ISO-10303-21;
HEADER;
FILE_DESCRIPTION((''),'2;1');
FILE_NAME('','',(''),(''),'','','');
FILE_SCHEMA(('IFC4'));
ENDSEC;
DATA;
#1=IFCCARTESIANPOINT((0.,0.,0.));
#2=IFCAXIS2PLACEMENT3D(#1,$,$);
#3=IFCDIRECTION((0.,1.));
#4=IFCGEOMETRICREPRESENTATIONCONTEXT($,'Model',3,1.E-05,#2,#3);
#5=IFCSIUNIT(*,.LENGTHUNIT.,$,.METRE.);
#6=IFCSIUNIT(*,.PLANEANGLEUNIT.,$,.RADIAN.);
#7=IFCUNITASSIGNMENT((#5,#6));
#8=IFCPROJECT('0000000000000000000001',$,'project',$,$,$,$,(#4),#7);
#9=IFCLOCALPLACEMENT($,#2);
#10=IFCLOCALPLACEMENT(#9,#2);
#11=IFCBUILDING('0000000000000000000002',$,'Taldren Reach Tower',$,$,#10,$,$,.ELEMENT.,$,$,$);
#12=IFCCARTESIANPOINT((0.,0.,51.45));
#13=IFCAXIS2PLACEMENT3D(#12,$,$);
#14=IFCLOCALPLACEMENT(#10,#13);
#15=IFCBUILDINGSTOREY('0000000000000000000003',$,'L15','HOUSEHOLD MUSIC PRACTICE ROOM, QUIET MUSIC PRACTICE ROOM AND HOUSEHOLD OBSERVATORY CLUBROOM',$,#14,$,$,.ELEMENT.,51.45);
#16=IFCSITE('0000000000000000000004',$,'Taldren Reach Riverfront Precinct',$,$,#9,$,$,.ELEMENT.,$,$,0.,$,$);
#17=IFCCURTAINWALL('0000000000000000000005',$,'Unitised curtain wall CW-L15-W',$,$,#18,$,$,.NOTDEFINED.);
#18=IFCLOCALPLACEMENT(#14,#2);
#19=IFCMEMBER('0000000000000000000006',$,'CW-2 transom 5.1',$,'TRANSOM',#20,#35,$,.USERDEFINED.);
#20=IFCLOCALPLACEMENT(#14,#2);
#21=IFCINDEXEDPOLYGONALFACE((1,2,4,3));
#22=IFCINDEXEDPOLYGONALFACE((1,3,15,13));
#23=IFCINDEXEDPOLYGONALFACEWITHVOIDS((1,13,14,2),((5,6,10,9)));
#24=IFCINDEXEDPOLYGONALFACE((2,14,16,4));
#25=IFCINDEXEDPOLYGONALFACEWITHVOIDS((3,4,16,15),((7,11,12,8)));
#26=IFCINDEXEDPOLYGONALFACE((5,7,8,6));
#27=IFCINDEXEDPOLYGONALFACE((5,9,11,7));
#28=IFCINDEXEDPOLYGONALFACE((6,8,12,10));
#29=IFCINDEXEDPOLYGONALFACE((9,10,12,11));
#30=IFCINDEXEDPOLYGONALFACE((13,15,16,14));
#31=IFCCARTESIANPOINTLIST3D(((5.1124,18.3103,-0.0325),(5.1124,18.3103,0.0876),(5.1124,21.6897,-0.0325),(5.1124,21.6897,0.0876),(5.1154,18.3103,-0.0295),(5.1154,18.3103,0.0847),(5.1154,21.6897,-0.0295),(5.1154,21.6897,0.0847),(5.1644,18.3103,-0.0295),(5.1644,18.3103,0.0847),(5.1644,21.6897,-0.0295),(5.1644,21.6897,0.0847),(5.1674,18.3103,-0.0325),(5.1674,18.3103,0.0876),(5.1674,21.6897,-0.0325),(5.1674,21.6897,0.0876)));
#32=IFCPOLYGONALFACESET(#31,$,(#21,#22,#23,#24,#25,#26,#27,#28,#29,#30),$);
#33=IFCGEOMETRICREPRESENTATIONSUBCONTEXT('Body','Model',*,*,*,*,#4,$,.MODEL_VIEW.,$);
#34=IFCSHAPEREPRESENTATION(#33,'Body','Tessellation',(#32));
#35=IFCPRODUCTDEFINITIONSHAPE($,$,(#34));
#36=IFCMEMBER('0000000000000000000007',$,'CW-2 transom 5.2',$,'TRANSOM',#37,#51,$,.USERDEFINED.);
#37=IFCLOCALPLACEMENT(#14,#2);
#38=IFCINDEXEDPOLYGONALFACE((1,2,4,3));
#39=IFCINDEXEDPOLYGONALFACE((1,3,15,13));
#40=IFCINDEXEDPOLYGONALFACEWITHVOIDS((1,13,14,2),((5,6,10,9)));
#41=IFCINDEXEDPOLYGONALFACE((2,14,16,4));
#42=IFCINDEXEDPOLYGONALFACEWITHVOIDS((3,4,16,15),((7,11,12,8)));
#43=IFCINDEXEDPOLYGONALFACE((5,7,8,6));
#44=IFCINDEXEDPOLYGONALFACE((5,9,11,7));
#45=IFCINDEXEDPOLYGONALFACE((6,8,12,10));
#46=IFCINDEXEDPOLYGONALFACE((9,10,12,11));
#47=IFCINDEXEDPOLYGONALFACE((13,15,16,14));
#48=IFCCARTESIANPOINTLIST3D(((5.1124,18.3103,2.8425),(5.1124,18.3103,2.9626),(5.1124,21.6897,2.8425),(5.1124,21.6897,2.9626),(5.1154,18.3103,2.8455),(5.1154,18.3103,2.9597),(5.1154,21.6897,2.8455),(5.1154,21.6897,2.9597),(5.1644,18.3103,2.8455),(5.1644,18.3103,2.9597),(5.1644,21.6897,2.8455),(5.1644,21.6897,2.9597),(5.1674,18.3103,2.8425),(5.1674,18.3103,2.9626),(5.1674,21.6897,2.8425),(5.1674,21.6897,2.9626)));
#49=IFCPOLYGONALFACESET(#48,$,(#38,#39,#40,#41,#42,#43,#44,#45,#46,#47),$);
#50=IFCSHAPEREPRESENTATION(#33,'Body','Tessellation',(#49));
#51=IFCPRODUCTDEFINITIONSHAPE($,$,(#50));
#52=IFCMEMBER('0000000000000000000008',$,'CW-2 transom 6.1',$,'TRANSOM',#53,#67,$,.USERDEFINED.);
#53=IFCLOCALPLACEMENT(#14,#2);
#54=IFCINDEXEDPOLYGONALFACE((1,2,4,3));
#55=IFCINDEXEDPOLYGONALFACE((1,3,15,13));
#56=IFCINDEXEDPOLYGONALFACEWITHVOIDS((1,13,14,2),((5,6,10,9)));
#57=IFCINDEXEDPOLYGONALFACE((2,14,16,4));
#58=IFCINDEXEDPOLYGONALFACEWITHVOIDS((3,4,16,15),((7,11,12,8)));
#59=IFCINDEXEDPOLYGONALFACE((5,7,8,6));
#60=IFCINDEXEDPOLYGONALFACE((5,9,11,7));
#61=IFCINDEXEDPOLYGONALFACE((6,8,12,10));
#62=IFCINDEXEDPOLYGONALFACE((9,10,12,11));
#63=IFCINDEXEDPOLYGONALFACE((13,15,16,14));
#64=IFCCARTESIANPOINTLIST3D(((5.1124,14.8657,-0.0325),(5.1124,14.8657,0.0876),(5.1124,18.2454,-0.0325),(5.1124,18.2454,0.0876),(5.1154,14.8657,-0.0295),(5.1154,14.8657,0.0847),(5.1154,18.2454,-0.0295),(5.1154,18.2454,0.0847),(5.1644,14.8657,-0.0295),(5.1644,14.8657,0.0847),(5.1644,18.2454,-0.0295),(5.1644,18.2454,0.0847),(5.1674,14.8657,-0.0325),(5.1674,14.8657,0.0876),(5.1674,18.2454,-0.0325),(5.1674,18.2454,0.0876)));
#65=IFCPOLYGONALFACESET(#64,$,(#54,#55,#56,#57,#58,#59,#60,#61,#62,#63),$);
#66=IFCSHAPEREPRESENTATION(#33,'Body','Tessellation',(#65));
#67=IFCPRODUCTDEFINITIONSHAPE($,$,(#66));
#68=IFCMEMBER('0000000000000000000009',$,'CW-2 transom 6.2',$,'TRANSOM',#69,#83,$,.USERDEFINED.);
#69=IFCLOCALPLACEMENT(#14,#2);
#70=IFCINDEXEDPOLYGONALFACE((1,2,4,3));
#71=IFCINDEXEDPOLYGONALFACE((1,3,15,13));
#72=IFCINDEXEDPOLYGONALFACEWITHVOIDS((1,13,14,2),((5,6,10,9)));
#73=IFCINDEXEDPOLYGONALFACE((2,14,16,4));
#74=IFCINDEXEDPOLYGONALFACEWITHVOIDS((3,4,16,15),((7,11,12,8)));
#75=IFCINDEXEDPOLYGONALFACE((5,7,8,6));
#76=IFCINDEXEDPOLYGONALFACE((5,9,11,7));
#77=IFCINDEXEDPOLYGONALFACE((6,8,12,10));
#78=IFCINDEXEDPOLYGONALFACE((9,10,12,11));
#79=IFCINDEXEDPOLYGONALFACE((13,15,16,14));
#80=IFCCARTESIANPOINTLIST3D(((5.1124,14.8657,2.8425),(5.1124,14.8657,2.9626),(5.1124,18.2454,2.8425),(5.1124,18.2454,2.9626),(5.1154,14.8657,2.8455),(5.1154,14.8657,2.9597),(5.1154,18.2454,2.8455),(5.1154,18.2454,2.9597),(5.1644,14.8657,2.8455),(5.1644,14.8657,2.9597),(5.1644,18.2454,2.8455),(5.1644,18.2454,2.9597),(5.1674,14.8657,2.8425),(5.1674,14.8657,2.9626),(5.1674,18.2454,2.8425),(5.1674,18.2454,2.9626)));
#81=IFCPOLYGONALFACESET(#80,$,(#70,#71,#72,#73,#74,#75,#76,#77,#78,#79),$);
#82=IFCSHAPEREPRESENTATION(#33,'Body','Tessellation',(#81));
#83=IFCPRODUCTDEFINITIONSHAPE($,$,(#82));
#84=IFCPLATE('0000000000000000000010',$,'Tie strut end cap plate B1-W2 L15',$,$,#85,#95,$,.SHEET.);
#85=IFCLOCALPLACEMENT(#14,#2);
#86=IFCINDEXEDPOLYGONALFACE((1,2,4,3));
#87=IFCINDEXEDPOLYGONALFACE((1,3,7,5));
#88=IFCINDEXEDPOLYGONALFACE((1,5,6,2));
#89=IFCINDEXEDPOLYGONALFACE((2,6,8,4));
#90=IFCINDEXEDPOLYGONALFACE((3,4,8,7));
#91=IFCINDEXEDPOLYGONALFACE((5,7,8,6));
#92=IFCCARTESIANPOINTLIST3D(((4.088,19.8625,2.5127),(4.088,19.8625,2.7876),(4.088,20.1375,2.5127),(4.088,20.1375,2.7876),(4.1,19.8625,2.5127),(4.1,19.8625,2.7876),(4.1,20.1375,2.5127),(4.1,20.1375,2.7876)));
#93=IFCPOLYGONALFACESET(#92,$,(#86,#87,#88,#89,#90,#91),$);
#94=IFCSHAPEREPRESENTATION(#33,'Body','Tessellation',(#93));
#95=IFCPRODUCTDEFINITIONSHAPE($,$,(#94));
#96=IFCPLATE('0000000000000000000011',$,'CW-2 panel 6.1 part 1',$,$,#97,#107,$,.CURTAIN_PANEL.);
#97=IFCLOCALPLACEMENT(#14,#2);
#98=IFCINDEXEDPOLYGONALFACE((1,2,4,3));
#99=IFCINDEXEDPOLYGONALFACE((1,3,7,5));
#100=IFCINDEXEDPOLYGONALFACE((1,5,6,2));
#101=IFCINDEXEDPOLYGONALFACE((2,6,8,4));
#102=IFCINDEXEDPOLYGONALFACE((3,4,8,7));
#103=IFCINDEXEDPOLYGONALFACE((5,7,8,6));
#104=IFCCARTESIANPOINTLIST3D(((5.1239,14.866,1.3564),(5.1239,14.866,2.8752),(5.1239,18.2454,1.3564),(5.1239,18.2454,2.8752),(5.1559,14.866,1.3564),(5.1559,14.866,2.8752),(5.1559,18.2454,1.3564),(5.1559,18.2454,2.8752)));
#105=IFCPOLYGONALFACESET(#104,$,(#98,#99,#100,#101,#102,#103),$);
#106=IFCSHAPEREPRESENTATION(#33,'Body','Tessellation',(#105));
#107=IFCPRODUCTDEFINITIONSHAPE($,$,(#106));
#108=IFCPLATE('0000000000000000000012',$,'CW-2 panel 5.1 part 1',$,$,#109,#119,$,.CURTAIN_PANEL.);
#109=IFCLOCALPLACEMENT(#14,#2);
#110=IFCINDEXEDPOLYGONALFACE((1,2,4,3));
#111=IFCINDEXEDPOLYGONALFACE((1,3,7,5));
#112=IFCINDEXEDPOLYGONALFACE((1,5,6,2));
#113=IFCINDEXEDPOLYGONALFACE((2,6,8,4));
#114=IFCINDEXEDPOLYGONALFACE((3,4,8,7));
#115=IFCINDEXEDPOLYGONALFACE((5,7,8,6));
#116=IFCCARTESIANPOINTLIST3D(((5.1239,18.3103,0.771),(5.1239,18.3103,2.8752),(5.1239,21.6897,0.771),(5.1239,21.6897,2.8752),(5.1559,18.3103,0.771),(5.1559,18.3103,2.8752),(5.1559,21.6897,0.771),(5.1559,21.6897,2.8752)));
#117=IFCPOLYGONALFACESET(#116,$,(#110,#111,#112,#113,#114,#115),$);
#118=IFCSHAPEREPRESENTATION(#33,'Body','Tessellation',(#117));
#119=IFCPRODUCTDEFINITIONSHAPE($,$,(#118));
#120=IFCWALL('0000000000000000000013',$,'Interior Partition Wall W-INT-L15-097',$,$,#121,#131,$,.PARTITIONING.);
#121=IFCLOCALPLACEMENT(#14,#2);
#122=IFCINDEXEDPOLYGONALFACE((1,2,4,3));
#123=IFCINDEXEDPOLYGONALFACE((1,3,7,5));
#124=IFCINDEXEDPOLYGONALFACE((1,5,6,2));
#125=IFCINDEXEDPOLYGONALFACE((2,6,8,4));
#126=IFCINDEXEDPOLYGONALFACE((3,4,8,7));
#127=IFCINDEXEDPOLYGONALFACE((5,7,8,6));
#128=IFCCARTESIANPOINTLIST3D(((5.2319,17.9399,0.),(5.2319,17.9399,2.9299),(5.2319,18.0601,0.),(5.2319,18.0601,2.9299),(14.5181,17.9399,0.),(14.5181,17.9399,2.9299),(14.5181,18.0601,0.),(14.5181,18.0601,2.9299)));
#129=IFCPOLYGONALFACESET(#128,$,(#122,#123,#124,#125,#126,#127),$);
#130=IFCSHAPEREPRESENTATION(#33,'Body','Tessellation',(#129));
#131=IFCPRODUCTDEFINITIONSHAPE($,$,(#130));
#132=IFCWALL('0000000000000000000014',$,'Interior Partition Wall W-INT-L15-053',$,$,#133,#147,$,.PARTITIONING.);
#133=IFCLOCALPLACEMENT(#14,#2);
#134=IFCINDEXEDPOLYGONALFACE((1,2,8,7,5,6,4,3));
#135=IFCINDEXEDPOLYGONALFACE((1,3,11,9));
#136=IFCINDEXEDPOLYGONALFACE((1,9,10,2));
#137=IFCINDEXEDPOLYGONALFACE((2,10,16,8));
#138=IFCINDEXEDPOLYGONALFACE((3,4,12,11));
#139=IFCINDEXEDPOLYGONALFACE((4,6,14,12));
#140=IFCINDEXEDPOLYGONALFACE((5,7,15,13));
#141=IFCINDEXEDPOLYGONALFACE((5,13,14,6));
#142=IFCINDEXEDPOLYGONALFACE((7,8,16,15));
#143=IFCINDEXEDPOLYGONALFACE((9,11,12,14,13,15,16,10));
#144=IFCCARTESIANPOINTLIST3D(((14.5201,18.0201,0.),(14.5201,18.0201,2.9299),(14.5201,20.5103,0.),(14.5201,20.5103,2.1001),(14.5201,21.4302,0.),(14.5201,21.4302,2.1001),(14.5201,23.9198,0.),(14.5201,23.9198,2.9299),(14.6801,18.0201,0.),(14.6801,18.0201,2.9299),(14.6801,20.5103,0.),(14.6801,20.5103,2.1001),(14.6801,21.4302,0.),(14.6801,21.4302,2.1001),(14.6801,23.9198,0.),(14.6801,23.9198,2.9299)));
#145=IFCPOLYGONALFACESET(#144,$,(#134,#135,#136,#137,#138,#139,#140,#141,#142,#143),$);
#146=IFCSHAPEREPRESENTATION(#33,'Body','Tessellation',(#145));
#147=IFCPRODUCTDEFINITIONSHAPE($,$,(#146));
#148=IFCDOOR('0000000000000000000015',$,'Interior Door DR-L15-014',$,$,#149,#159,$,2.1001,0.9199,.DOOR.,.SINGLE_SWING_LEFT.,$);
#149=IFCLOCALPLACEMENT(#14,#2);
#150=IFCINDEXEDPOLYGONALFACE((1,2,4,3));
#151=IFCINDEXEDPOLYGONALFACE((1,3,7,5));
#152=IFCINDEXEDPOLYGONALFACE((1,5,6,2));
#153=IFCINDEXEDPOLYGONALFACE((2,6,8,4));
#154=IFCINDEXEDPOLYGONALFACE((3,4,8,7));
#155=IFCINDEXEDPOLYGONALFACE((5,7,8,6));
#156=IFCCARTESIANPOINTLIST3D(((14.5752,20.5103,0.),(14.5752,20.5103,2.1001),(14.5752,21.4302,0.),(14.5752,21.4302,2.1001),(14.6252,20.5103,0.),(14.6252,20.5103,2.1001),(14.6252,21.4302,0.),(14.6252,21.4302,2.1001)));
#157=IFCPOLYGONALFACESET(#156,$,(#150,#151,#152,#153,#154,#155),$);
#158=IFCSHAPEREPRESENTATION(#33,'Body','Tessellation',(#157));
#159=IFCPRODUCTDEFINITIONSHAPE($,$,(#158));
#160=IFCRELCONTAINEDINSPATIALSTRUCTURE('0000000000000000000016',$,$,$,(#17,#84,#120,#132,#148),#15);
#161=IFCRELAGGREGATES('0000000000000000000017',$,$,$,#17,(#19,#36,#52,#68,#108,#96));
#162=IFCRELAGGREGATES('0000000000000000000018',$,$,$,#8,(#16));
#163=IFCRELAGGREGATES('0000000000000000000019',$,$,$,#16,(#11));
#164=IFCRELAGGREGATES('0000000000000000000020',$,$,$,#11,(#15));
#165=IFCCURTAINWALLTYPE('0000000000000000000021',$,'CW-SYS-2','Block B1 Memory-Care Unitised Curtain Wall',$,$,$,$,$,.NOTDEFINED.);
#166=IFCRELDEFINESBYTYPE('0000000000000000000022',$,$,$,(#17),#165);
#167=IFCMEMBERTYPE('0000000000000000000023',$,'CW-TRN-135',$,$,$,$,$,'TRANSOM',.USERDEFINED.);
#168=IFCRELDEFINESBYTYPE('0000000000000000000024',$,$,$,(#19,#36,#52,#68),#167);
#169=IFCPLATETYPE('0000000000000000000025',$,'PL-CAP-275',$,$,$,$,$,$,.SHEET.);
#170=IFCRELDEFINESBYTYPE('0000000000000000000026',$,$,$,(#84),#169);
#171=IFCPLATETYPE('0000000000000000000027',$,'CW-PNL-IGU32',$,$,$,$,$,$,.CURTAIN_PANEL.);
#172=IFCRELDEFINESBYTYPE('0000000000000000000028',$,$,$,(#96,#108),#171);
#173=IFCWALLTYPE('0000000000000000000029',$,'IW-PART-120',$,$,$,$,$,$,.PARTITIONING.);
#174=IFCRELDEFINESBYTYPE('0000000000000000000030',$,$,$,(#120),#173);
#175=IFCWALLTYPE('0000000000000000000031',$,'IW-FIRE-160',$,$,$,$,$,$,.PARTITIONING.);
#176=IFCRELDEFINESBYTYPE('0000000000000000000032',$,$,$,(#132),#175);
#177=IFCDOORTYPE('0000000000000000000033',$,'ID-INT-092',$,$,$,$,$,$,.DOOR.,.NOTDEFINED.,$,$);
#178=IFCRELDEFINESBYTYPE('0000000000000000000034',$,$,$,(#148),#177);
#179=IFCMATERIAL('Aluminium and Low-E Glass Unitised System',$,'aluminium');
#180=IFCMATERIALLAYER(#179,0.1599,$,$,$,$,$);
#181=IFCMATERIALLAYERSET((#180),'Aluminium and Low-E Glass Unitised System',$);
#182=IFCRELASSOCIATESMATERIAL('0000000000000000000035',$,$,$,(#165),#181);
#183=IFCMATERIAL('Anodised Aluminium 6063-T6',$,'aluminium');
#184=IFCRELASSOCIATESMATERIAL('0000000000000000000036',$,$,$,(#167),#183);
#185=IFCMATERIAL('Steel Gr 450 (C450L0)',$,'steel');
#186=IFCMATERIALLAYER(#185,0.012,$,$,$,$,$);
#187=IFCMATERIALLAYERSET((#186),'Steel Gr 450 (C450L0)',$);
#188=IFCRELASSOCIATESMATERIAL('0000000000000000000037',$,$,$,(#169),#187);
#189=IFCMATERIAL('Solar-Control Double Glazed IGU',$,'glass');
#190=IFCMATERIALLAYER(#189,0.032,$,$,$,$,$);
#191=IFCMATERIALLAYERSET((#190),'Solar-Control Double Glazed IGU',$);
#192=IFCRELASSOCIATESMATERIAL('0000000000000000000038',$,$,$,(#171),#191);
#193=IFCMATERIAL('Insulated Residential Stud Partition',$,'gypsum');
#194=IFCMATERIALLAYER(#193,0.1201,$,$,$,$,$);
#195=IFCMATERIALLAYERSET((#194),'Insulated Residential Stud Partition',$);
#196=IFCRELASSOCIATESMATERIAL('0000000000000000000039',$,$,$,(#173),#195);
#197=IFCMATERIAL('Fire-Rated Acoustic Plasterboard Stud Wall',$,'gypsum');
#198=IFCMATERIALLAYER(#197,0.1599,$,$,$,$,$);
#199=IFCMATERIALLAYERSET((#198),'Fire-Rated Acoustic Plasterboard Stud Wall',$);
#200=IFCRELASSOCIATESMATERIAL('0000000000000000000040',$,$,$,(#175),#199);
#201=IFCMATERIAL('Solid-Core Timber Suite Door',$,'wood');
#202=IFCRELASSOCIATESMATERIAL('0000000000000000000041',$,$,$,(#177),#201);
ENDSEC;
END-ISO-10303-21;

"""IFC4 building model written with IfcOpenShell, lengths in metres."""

from ifc_helpers import new_model, si_unit, direction, frame, frame_2d, origin, origin_2d, place, context, subcontext, project, spatial, rectangle, hollow_rectangle, extrude, source, transform, mapped, material, layer, layer_set, material_profile, profile_set, type_object, element, fill, aggregate, save


model = new_model("IFC4")

# Units and contexts
model_context = context("Model", 3, precision=1e-05, world=origin(), true_north=direction((0.0, 1.0)))
body_context = subcontext(model_context, "Body", "Model", "MODEL_VIEW")
ifc_project = project(units=[si_unit("LENGTHUNIT", "METRE"), si_unit("PLANEANGLEUNIT", "RADIAN")], contexts=[model_context])

# Site, building, storey
site_placement = place(None, origin())
site = spatial("IfcSite", under=ifc_project, at=site_placement, Name="Taldren Reach Riverfront Precinct", CompositionType="ELEMENT", RefElevation=0.0)
building_placement = place(site_placement, origin())
building = spatial("IfcBuilding", under=site, at=building_placement, Name="Taldren Reach Tower", CompositionType="ELEMENT")
storey_placement = place(building_placement, frame((0.0, 0.0, 51.45)))
storey = spatial("IfcBuildingStorey", under=building, at=storey_placement, Name="L15", Description="HOUSEHOLD MUSIC PRACTICE ROOM, QUIET MUSIC PRACTICE ROOM AND HOUSEHOLD OBSERVATORY CLUBROOM", CompositionType="ELEMENT", Elevation=51.45)

# Shared definitions
ifc_material_1 = material(Name="Steel Gr 450 (C450L0)", Category="steel")

# Curtain wall, members
ifc_material_2 = material(Name="Aluminium and Low-E Glass Unitised System", Category="aluminium")
ifc_layer_1 = layer(ifc_material_2, 0.1599)
ifc_layer_set_1 = layer_set([ifc_layer_1], Name="Aluminium and Low-E Glass Unitised System")
curtain_wall_type = type_object("IfcCurtainWallType", Name="CW-SYS-2", Description="Block B1 Memory-Care Unitised Curtain Wall", PredefinedType="NOTDEFINED", material=ifc_layer_set_1)
curtain_wall_placement = place(storey_placement, origin())
curtain_wall = element("IfcCurtainWall", 1, at=curtain_wall_placement, inside=storey, type_object=curtain_wall_type, Name="Unitised curtain wall CW-L15-W", PredefinedType="NOTDEFINED")
ifc_material_3 = material(Name="Anodised Aluminium 6063-T6", Category="aluminium")
ifc_material_profile_1 = material_profile(ifc_material_3, hollow_rectangle(XDim=0.0549, YDim=0.1201, WallThickness=0.0029, at=origin_2d()), Name="ALU-120x55x3RHS")
ifc_profile_set_1 = profile_set([ifc_material_profile_1], Name="Anodised Aluminium 6063-T6")
member_type_1 = type_object("IfcMemberType", Name="CW-TRN-135", ElementType="TRANSOM", PredefinedType="USERDEFINED", material=ifc_profile_set_1)
shared_shape_1 = source(origin(), body_context, "Body", "SweptSolid", [
    extrude(hollow_rectangle(XDim=0.0549, YDim=0.1201, WallThickness=0.0029, at=origin_2d()), origin(), (0.0, 0.0, 1.0), 3.3794),
])
member_1_placement = place(storey_placement, frame((5.1399, 21.6897, 0.0276), z_axis=(0.0, -1.0, 0.0), x_axis=(1.0, 0.0, 0.0)))
member_1 = element("IfcMember", 2, at=member_1_placement, type_object=member_type_1, Name="CW-2 transom 5.1", ObjectType="TRANSOM", PredefinedType="USERDEFINED", context=body_context, shape_type="MappedRepresentation", body=[
    mapped(shared_shape_1, transform((0.0, 0.0, 0.0), scale=1.0)),
])
member_2_placement = place(storey_placement, frame((5.1399, 21.6897, 2.9026), z_axis=(0.0, -1.0, 0.0), x_axis=(1.0, 0.0, 0.0)))
member_2 = element("IfcMember", 3, at=member_2_placement, type_object=member_type_1, Name="CW-2 transom 5.2", ObjectType="TRANSOM", PredefinedType="USERDEFINED", context=body_context, shape_type="MappedRepresentation", body=[
    mapped(shared_shape_1, transform((0.0, 0.0, 0.0), scale=1.0)),
])
shared_shape_2 = source(origin(), body_context, "Body", "SweptSolid", [
    extrude(hollow_rectangle(XDim=0.0549, YDim=0.1201, WallThickness=0.0029, at=origin_2d()), origin(), (0.0, 0.0, 1.0), 3.3796),
])
member_3_placement = place(storey_placement, frame((5.1399, 18.2454, 0.0276), z_axis=(0.0, -1.0, 0.0), x_axis=(1.0, 0.0, 0.0)))
member_3 = element("IfcMember", 4, at=member_3_placement, type_object=member_type_1, Name="CW-2 transom 6.1", ObjectType="TRANSOM", PredefinedType="USERDEFINED", context=body_context, shape_type="MappedRepresentation", body=[
    mapped(shared_shape_2, transform((0.0, 0.0, 0.0), scale=1.0)),
])
member_4_placement = place(storey_placement, frame((5.1399, 18.2454, 2.9026), z_axis=(0.0, -1.0, 0.0), x_axis=(1.0, 0.0, 0.0)))
member_4 = element("IfcMember", 5, at=member_4_placement, type_object=member_type_1, Name="CW-2 transom 6.2", ObjectType="TRANSOM", PredefinedType="USERDEFINED", context=body_context, shape_type="MappedRepresentation", body=[
    mapped(shared_shape_2, transform((0.0, 0.0, 0.0), scale=1.0)),
])

# Plates
ifc_layer_2 = layer(ifc_material_1, 0.012)
ifc_layer_set_2 = layer_set([ifc_layer_2], Name="Steel Gr 450 (C450L0)")
plate_type_1 = type_object("IfcPlateType", Name="PL-CAP-275", PredefinedType="SHEET", material=ifc_layer_set_2)
shared_shape_3 = source(origin(), body_context, "Body", "SweptSolid", [
    extrude(rectangle(XDim=0.012, YDim=0.2749, at=origin_2d()), origin(), (0.0, 0.0, 1.0), 0.2749),
])
plate_1_placement = place(storey_placement, frame((4.094, 20.0, 2.5127), z_axis=(0.0, 0.0, 1.0), x_axis=(1.0, 0.0, 0.0)))
element("IfcPlate", 6, at=plate_1_placement, inside=storey, type_object=plate_type_1, Name="Tie strut end cap plate B1-W2 L15", PredefinedType="SHEET", context=body_context, shape_type="MappedRepresentation", body=[
    mapped(shared_shape_3, transform((0.0, 0.0, 0.0), scale=1.0)),
])
ifc_material_4 = material(Name="Solar-Control Double Glazed IGU", Category="glass")
ifc_layer_3 = layer(ifc_material_4, 0.032)
ifc_layer_set_3 = layer_set([ifc_layer_3], Name="Solar-Control Double Glazed IGU")
plate_type_2 = type_object("IfcPlateType", Name="CW-PNL-IGU32", PredefinedType="CURTAIN_PANEL", material=ifc_layer_set_3)
shared_shape_4 = source(origin(), body_context, "Body", "SweptSolid", [
    extrude(rectangle(XDim=3.3794, YDim=0.032, at=origin_2d()), origin(), (0.0, 0.0, 1.0), 1.5188),
])
plate_2_placement = place(storey_placement, frame((5.1399, 16.5557, 1.3564), z_axis=(0.0, 0.0, 1.0), x_axis=(0.0, -1.0, 0.0)))
plate_2 = element("IfcPlate", 7, at=plate_2_placement, type_object=plate_type_2, Name="CW-2 panel 6.1 part 1", PredefinedType="CURTAIN_PANEL", context=body_context, shape_type="MappedRepresentation", body=[
    mapped(shared_shape_4, transform((0.0, 0.0, 0.0), scale=1.0)),
])
shared_shape_5 = source(origin(), body_context, "Body", "SweptSolid", [
    extrude(rectangle(XDim=3.3794, YDim=0.032, at=origin_2d()), origin(), (0.0, 0.0, 1.0), 2.1042),
])
plate_3_placement = place(storey_placement, frame((5.1399, 20.0, 0.771), z_axis=(0.0, 0.0, 1.0), x_axis=(0.0, -1.0, 0.0)))
plate_3 = element("IfcPlate", 8, at=plate_3_placement, type_object=plate_type_2, Name="CW-2 panel 5.1 part 1", PredefinedType="CURTAIN_PANEL", context=body_context, shape_type="MappedRepresentation", body=[
    mapped(shared_shape_5, transform((0.0, 0.0, 0.0), scale=1.0)),
])
aggregate(curtain_wall, [member_1, member_2, member_3, member_4, plate_3, plate_2])

# Wall
ifc_material_5 = material(Name="Insulated Residential Stud Partition", Category="gypsum")
ifc_layer_4 = layer(ifc_material_5, 0.1201)
ifc_layer_set_4 = layer_set([ifc_layer_4], Name="Insulated Residential Stud Partition")
wall_type_1 = type_object("IfcWallType", Name="IW-PART-120", PredefinedType="PARTITIONING", material=ifc_layer_set_4)
shared_shape_6 = source(origin(), body_context, "Body", "SweptSolid", [
    extrude(rectangle(XDim=9.2861, YDim=0.1201, at=frame_2d((4.6431, 0.0))), origin(), (0.0, 0.0, 1.0), 2.9299),
])
wall_1_placement = place(storey_placement, frame((5.2319, 18.0, 0.0), z_axis=(0.0, 0.0, 1.0), x_axis=(1.0, 0.0, 0.0)))
element("IfcWall", 9, at=wall_1_placement, inside=storey, type_object=wall_type_1, Name="Interior Partition Wall W-INT-L15-097", PredefinedType="PARTITIONING", context=body_context, shape_type="MappedRepresentation", body=[
    mapped(shared_shape_6, transform((0.0, 0.0, 0.0), scale=1.0)),
])

# Wall, opening, door
ifc_material_6 = material(Name="Fire-Rated Acoustic Plasterboard Stud Wall", Category="gypsum")
ifc_layer_5 = layer(ifc_material_6, 0.1599)
ifc_layer_set_5 = layer_set([ifc_layer_5], Name="Fire-Rated Acoustic Plasterboard Stud Wall")
wall_type_2 = type_object("IfcWallType", Name="IW-FIRE-160", PredefinedType="PARTITIONING", material=ifc_layer_set_5)
shared_shape_7 = source(origin(), body_context, "Body", "SweptSolid", [
    extrude(rectangle(XDim=5.8997, YDim=0.1599, at=frame_2d((2.9497, 0.0))), origin(), (0.0, 0.0, 1.0), 2.9299),
])
wall_2_placement = place(storey_placement, frame((14.6001, 18.0203, 0.0), z_axis=(0.0, 0.0, 1.0), x_axis=(0.0, 1.0, 0.0)))
wall_2 = element("IfcWall", 10, at=wall_2_placement, inside=storey, type_object=wall_type_2, Name="Interior Partition Wall W-INT-L15-053", PredefinedType="PARTITIONING", context=body_context, shape_type="MappedRepresentation", body=[
    mapped(shared_shape_7, transform((0.0, 0.0, 0.0), scale=1.0)),
])
shared_shape_8 = source(origin(), body_context, "Body", "SweptSolid", [
    extrude(rectangle(XDim=0.9199, YDim=2.1001, at=frame_2d((0.46, 1.05))), frame((0.0, 0.0898, 0.0), z_axis=(0.0, -1.0, 0.0), x_axis=(1.0, 0.0, 0.0)), (0.0, 0.0, 1.0), 0.1799),
])
opening_placement = place(wall_2_placement, frame((2.49, 0.0, 0.0)))
opening = element("IfcOpeningElement", 11, at=opening_placement, cuts=wall_2, PredefinedType="OPENING", context=body_context, shape_type="MappedRepresentation", body=[
    mapped(shared_shape_8, transform((0.0, 0.0, 0.0), scale=1.0)),
])
ifc_material_7 = material(Name="Solid-Core Timber Suite Door", Category="wood")
door_type = type_object("IfcDoorType", Name="ID-INT-092", OperationType="NOTDEFINED", PredefinedType="DOOR", material=ifc_material_7)
shared_shape_9 = source(origin(), body_context, "Body", "SweptSolid", [
    extrude(rectangle(XDim=0.9199, YDim=2.1001, at=frame_2d((0.46, 1.05))), frame((0.0, 0.0249, 0.0), z_axis=(0.0, -1.0, 0.0), x_axis=(1.0, 0.0, 0.0)), (0.0, 0.0, 1.0), 0.05),
])
door_placement = place(opening_placement, origin())
door = element("IfcDoor", 12, at=door_placement, inside=storey, type_object=door_type, Name="Interior Door DR-L15-014", OperationType="SINGLE_SWING_LEFT", OverallHeight=2.1001, OverallWidth=0.9199, PredefinedType="DOOR", context=body_context, shape_type="MappedRepresentation", body=[
    mapped(shared_shape_9, transform((0.0, 0.0, 0.0), scale=1.0)),
])
fill(opening, door)

save(model, "model.ifc")
